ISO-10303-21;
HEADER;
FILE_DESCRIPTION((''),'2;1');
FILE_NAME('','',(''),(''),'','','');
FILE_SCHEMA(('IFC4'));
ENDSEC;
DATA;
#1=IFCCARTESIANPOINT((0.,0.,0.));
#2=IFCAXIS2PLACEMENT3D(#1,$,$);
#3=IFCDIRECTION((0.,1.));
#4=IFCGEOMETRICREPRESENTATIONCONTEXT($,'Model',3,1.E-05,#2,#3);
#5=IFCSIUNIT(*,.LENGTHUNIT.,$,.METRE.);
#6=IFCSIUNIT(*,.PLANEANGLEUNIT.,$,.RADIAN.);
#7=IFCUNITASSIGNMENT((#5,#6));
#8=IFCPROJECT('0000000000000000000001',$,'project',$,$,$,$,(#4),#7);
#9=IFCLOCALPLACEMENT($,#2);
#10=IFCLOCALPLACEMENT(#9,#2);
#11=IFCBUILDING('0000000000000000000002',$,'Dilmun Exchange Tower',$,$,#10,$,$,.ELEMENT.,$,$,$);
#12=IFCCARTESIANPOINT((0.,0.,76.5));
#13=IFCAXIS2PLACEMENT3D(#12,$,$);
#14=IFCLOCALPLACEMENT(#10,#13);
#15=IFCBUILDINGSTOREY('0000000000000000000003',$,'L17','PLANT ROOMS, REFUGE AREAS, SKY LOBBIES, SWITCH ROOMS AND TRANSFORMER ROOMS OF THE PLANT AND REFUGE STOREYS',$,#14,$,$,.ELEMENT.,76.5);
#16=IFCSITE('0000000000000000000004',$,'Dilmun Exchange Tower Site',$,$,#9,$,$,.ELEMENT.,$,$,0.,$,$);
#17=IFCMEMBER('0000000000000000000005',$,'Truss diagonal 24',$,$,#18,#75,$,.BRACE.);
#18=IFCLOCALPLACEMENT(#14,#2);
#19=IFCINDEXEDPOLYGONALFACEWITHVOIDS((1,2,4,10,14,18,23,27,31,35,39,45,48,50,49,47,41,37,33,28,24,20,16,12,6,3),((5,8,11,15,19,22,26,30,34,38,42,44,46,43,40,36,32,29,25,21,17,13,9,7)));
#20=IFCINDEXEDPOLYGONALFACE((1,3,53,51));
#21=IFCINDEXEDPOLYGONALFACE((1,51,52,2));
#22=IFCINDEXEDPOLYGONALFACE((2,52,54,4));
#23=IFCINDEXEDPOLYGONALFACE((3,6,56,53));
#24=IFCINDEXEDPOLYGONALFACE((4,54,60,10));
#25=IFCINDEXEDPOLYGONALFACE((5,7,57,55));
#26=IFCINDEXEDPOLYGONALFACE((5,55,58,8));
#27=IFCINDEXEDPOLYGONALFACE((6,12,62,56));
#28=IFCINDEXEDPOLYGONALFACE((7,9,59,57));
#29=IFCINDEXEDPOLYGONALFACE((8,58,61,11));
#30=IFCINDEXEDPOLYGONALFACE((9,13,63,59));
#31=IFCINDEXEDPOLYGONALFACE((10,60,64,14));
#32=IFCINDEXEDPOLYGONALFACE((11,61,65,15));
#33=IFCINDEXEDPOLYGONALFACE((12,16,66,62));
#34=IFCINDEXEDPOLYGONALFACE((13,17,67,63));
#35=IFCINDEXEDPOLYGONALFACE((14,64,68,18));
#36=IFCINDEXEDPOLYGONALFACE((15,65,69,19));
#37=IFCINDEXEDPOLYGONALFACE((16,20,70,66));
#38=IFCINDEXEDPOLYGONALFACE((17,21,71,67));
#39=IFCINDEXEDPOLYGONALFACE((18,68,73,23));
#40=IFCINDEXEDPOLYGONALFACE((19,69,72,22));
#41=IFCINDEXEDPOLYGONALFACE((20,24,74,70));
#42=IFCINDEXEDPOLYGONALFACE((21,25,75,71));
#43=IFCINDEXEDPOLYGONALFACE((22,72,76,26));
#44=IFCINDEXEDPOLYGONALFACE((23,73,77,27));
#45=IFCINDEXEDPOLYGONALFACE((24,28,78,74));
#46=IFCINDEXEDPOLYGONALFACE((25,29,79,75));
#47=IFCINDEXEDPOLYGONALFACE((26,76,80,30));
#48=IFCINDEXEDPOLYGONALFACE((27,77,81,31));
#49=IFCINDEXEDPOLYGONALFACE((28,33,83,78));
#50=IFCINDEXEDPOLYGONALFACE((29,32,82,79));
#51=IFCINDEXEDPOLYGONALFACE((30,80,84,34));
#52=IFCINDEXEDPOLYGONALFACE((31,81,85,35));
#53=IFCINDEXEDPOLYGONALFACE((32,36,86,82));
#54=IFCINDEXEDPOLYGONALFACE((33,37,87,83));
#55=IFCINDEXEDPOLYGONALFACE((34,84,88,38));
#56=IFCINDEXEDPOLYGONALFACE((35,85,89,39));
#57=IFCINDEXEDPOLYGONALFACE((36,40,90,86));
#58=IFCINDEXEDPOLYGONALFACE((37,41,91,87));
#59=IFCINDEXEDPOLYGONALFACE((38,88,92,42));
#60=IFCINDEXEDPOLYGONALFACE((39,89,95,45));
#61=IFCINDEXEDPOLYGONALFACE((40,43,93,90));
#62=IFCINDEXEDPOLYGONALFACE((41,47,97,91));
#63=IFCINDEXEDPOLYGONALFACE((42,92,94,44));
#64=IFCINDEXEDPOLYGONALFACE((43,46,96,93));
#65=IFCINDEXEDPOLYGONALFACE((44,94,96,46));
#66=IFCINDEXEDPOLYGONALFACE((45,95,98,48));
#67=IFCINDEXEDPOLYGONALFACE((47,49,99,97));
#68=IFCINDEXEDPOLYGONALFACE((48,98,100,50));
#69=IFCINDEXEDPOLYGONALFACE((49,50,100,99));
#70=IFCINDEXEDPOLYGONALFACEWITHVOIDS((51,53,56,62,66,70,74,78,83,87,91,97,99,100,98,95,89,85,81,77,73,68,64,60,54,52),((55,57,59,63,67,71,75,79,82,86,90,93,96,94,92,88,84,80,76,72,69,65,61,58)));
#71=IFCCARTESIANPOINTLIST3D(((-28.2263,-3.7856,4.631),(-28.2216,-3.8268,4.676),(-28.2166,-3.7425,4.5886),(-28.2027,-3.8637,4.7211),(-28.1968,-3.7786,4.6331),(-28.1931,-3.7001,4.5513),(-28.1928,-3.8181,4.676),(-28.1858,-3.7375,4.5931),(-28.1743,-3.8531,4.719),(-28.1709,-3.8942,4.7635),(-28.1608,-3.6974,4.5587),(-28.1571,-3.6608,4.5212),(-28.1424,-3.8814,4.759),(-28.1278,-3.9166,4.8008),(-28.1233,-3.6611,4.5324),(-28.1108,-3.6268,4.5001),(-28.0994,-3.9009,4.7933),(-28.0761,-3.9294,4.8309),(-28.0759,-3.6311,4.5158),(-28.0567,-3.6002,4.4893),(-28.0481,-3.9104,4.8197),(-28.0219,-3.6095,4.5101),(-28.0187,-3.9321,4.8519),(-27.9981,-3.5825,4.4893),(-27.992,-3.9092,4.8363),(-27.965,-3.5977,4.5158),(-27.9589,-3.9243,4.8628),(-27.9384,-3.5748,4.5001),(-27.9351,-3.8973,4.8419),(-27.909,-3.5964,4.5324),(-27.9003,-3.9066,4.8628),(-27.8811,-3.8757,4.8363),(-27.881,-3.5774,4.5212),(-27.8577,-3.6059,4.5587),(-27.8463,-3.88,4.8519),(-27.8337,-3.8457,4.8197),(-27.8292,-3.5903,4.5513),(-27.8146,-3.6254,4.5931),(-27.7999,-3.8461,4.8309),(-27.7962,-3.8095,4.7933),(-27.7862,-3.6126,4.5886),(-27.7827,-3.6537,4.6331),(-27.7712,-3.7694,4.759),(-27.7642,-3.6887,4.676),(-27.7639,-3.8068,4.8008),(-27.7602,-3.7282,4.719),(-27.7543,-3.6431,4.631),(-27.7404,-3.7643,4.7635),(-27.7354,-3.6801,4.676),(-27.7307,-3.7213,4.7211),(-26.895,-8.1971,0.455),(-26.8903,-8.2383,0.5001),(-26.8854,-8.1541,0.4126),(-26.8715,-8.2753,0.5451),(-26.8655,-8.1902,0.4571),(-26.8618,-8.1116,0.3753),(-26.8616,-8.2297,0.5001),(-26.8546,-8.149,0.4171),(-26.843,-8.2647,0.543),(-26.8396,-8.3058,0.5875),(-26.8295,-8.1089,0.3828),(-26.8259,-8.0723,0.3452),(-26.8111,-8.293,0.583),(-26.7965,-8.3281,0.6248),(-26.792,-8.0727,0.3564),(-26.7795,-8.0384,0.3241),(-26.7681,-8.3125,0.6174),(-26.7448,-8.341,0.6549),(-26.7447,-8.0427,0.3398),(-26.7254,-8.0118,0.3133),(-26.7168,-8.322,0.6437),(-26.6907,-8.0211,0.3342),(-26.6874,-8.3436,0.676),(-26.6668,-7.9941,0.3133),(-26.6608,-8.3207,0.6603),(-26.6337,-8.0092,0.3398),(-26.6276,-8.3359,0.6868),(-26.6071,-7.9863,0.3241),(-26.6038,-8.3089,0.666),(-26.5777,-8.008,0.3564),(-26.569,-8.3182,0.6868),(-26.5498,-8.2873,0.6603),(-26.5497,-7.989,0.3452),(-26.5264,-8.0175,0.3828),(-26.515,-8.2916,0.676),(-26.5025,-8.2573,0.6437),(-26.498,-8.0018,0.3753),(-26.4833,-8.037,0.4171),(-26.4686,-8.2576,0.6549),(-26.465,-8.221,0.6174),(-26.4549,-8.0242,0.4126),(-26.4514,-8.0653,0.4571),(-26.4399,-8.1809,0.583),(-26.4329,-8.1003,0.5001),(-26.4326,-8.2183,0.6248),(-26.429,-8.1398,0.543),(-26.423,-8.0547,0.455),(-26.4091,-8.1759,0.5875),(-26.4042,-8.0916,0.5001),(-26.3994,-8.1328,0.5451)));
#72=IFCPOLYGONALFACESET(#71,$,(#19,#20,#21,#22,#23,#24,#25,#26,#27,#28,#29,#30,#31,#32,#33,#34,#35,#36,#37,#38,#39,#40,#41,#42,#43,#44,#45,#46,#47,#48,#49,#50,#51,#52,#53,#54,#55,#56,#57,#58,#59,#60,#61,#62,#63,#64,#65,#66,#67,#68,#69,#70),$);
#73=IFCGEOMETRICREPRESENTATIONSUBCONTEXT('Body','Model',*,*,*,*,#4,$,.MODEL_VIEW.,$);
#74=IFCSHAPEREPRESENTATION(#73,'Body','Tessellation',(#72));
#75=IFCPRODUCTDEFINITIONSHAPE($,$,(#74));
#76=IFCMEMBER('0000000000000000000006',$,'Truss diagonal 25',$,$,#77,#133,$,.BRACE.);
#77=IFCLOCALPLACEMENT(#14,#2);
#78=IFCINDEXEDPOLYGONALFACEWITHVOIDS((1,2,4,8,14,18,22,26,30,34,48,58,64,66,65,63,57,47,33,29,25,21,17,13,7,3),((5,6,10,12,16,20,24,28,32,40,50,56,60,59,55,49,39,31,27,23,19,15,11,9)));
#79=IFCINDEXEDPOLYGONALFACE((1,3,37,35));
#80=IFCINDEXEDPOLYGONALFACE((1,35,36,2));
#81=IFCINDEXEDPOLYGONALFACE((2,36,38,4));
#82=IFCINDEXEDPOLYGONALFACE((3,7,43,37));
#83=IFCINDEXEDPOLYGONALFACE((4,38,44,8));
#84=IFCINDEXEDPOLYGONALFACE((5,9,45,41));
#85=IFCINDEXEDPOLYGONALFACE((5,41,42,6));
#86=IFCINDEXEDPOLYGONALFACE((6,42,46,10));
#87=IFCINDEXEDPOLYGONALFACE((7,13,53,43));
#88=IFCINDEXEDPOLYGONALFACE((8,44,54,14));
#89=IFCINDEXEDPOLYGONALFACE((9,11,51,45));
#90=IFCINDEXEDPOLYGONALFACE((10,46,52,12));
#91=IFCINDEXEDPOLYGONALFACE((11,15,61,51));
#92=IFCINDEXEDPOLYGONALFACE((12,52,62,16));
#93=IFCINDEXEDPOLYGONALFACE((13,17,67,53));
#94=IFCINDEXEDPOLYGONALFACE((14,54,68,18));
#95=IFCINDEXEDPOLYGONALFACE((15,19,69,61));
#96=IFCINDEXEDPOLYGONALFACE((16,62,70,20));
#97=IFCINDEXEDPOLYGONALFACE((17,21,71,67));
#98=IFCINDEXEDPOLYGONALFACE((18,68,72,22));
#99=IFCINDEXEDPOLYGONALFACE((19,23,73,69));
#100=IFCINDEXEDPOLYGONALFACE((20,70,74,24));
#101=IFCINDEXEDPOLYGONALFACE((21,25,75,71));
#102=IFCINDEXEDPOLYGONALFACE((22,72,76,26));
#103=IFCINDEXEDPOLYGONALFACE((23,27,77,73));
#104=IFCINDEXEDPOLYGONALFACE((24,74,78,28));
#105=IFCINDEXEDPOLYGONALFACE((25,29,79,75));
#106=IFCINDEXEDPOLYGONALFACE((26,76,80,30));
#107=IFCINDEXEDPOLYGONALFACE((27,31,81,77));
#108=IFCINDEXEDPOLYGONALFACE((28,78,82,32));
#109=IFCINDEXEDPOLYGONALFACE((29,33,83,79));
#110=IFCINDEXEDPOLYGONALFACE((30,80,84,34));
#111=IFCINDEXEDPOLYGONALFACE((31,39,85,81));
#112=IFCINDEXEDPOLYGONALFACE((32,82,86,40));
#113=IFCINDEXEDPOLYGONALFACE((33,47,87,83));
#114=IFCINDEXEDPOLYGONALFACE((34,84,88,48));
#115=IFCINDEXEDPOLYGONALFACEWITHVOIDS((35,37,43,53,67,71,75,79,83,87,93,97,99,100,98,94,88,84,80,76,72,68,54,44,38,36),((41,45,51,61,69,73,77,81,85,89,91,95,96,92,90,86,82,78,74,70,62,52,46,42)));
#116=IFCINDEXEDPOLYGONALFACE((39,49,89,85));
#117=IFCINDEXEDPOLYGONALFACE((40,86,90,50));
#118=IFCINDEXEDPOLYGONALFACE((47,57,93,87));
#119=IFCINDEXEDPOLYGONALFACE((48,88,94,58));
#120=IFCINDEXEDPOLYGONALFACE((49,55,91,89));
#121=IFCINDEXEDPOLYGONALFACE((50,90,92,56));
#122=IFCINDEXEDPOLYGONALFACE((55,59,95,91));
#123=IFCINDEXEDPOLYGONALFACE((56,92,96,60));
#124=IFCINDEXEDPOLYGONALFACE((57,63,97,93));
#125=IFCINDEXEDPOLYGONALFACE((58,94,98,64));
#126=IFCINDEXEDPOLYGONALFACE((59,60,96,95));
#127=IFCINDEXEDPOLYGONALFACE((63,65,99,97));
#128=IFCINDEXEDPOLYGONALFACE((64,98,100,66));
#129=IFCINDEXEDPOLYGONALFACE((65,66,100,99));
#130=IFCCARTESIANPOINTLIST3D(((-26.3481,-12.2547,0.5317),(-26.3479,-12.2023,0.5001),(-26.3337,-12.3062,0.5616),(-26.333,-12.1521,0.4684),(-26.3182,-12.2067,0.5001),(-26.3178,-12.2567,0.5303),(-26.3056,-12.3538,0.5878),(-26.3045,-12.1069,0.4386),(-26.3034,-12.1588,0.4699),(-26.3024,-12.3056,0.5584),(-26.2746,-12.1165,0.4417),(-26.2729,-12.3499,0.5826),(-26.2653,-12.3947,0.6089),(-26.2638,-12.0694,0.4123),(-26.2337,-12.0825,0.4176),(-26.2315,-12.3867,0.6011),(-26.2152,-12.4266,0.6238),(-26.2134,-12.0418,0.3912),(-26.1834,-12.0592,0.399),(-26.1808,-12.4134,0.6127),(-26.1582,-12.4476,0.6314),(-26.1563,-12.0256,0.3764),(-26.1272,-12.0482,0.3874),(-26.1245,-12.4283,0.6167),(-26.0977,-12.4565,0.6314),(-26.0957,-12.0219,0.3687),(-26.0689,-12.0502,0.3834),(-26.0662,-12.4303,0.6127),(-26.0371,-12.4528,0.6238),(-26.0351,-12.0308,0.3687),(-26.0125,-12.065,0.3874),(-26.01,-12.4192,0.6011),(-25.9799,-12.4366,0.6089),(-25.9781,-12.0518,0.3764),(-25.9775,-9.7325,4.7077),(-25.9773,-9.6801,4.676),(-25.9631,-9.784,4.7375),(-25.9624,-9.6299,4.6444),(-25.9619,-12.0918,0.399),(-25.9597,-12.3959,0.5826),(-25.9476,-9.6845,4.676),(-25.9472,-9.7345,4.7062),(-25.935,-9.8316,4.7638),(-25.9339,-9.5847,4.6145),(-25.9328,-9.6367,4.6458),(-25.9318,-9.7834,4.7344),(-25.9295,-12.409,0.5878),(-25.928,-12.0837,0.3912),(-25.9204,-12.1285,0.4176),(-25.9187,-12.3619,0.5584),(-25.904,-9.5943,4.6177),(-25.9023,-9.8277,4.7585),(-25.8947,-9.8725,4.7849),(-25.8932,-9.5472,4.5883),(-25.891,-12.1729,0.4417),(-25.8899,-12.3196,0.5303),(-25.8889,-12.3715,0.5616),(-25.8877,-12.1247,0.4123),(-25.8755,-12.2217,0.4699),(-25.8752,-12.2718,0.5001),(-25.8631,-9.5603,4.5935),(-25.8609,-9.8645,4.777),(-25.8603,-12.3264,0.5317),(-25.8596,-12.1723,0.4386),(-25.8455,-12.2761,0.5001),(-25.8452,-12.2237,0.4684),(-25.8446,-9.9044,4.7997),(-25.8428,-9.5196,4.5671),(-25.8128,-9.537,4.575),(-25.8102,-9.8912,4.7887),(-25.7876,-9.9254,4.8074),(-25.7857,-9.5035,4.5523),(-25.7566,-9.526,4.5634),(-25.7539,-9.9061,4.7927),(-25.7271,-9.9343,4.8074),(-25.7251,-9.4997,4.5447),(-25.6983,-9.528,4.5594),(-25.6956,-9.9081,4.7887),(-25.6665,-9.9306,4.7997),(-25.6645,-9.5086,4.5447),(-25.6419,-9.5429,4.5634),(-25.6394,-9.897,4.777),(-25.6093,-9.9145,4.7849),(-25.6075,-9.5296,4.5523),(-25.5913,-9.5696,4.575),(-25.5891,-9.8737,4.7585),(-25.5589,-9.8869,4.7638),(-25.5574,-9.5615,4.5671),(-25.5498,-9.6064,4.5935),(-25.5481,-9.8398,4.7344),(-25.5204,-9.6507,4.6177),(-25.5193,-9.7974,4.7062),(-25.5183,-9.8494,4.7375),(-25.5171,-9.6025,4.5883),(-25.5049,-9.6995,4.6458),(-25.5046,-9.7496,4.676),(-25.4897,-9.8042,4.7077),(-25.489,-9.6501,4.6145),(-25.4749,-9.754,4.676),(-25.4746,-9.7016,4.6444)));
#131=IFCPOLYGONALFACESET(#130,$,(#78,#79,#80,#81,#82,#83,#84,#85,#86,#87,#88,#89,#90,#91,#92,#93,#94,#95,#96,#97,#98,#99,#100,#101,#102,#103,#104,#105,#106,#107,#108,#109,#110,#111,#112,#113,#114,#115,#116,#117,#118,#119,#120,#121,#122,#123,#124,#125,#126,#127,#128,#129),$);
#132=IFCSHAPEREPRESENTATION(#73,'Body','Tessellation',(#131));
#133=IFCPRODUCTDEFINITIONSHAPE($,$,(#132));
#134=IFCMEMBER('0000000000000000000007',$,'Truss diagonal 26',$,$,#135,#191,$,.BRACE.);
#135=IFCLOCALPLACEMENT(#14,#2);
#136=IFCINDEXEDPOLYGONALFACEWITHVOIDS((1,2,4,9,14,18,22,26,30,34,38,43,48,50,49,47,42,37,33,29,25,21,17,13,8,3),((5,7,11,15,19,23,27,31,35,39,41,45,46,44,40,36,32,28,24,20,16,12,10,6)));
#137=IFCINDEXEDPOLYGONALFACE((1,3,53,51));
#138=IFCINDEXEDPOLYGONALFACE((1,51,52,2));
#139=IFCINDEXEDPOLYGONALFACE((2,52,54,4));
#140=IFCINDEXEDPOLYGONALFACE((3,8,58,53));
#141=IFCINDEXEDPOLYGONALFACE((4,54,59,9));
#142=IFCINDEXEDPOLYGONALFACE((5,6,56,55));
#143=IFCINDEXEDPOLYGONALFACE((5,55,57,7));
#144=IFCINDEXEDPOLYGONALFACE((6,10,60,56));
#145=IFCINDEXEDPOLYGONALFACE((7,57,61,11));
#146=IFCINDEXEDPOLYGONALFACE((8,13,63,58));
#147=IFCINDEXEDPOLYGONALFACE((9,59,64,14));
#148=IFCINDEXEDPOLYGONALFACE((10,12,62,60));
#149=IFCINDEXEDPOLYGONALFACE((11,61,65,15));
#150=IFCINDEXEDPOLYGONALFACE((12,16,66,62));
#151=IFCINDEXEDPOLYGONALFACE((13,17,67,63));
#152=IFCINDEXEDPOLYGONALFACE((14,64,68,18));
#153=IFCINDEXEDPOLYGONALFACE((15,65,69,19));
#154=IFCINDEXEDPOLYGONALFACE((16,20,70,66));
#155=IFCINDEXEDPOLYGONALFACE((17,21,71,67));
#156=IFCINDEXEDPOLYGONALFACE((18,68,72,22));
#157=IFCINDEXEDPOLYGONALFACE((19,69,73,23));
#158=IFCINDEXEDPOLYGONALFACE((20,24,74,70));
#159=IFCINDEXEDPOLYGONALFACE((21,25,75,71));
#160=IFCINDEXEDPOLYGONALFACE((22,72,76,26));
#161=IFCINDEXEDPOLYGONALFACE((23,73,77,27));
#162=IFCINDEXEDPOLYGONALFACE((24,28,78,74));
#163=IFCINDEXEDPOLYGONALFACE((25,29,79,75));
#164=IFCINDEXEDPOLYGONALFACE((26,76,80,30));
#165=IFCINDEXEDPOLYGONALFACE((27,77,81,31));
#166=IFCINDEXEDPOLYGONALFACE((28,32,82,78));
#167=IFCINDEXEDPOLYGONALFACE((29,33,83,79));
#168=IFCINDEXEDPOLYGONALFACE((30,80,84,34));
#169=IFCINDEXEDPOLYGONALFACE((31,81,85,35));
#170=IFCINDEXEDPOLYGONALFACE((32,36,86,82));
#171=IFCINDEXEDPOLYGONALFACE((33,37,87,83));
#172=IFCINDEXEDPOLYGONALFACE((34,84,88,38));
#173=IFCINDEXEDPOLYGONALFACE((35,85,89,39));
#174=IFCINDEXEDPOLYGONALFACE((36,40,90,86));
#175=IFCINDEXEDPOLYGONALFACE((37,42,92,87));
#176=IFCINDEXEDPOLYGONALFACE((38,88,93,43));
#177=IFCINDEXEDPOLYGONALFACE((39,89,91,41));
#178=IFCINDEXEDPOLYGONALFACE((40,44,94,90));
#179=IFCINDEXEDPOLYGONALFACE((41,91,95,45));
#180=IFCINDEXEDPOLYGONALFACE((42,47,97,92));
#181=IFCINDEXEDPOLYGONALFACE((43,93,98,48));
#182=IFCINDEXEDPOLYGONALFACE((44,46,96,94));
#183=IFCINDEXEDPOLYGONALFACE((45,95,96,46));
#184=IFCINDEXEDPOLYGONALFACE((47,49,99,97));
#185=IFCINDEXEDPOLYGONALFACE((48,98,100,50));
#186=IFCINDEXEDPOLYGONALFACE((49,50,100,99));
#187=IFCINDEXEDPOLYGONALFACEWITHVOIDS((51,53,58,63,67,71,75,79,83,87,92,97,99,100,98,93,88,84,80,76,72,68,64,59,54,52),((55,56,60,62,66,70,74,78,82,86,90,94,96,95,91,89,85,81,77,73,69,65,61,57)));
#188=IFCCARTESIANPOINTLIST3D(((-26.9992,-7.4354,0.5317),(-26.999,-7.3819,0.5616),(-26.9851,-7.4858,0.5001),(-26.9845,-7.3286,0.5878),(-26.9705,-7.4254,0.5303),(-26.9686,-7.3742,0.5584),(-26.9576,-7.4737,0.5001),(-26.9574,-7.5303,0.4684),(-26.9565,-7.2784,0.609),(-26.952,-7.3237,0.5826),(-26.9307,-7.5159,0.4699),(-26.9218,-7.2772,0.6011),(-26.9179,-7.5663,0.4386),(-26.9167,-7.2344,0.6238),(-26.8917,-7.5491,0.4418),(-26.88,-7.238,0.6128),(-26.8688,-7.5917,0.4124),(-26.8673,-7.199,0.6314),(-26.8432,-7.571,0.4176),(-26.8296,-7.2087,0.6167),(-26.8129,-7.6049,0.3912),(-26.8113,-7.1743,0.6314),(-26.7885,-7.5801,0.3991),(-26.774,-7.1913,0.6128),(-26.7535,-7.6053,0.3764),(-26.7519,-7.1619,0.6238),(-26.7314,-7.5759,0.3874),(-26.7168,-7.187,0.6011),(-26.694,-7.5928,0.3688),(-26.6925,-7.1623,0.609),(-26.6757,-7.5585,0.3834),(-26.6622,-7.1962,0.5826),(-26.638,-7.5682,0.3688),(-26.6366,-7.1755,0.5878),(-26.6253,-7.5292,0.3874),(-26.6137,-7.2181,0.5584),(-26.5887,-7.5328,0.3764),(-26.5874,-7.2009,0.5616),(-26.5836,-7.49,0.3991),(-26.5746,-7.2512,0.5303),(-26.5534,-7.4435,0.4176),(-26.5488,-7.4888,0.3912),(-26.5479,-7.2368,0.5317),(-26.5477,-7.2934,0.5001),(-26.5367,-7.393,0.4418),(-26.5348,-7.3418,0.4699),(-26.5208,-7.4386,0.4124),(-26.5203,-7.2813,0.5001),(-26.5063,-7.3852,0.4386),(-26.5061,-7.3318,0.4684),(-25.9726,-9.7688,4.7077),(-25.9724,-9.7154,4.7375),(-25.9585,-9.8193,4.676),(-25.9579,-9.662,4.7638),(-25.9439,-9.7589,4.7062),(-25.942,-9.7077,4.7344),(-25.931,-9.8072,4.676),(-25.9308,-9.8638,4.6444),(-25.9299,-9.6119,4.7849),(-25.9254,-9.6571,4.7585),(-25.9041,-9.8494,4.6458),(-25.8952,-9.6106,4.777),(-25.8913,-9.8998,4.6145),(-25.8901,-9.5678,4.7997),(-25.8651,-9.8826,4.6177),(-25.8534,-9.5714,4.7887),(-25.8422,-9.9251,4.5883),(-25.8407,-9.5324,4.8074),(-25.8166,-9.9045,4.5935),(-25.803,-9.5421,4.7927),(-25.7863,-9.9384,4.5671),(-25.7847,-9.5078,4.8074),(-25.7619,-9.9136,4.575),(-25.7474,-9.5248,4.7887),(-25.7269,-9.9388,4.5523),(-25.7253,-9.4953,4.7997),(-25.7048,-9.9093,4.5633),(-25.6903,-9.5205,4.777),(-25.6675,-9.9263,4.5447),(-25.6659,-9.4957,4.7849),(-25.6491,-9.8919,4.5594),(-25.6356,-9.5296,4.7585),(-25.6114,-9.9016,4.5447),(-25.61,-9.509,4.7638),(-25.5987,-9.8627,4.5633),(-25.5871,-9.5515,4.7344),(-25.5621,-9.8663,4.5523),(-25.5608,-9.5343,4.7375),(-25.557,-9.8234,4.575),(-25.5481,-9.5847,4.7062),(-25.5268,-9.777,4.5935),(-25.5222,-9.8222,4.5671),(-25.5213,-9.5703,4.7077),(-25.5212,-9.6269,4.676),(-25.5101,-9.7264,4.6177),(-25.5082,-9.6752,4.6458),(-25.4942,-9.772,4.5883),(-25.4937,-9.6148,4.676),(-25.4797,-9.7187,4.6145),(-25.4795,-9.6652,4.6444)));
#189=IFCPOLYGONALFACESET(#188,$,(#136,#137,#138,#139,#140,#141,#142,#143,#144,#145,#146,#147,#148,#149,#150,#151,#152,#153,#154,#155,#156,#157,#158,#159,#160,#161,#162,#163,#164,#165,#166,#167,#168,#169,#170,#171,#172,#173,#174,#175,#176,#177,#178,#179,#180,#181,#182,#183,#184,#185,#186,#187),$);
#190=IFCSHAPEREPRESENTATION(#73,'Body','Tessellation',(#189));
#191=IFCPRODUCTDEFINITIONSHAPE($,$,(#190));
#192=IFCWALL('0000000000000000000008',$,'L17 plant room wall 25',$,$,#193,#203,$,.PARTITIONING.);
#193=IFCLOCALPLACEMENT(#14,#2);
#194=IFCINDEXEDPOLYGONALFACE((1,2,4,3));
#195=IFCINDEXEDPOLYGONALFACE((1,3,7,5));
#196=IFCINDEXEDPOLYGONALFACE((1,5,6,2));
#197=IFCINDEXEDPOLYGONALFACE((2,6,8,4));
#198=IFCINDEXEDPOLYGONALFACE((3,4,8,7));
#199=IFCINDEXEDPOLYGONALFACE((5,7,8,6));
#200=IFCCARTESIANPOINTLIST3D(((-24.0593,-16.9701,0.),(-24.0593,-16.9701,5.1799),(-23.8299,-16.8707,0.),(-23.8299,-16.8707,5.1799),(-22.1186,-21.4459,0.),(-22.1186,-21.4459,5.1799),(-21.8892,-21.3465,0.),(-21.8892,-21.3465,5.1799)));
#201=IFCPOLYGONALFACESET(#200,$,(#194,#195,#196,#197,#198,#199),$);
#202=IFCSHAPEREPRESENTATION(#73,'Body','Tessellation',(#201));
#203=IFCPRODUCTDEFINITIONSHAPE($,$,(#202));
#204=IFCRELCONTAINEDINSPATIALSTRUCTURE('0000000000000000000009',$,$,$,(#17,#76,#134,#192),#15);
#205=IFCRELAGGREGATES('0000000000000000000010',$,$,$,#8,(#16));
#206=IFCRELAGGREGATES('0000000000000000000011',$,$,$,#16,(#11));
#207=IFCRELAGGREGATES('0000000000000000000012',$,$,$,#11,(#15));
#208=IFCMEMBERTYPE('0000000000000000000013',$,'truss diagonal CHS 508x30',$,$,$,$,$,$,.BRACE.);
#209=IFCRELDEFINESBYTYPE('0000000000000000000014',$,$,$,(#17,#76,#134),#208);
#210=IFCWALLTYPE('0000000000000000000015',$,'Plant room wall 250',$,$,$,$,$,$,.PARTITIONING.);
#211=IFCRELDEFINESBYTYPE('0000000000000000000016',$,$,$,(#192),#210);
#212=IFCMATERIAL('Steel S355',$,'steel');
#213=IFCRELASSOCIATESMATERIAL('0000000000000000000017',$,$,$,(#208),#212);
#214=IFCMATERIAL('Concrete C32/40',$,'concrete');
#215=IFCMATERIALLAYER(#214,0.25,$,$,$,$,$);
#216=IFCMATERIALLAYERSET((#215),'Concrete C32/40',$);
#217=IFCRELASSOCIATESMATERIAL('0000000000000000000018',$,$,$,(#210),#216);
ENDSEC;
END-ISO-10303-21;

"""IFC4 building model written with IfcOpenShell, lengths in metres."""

from ifc_helpers import new_model, si_unit, direction, frame, frame_2d, origin, origin_2d, place, context, subcontext, project, spatial, rectangle, hollow_circle, extrude, material, layer, layer_set, material_profile, profile_set, type_object, element, save


model = new_model("IFC4")

# Units and contexts
model_context = context("Model", 3, precision=1e-05, world=origin(), true_north=direction((0.0, 1.0)))
body_context = subcontext(model_context, "Body", "Model", "MODEL_VIEW")
ifc_project = project(units=[si_unit("LENGTHUNIT", "METRE"), si_unit("PLANEANGLEUNIT", "RADIAN")], contexts=[model_context])

# Site, building, storey
site_placement = place(None, origin())
site = spatial("IfcSite", under=ifc_project, at=site_placement, Name="Dilmun Exchange Tower Site", CompositionType="ELEMENT", RefElevation=0.0)
building_placement = place(site_placement, origin())
building = spatial("IfcBuilding", under=site, at=building_placement, Name="Dilmun Exchange Tower", CompositionType="ELEMENT")
storey_placement = place(building_placement, frame((0.0, 0.0, 76.5)))
storey = spatial("IfcBuildingStorey", under=building, at=storey_placement, Name="L17", Description="PLANT ROOMS, REFUGE AREAS, SKY LOBBIES, SWITCH ROOMS AND TRANSFORMER ROOMS OF THE PLANT AND REFUGE STOREYS", CompositionType="ELEMENT", Elevation=76.5)

# Shared definitions
ifc_material_1 = material(Name="Steel S355", Category="steel")

# Members
ifc_material_profile_1 = material_profile(ifc_material_1, hollow_circle(Radius=0.2539, WallThickness=0.03, at=origin_2d()), Name="CHS 508x30")
ifc_profile_set_1 = profile_set([ifc_material_profile_1], Name="Steel S355")
member_type = type_object("IfcMemberType", Name="truss diagonal CHS 508x30", PredefinedType="BRACE", material=ifc_profile_set_1)
member_1_placement = place(storey_placement, frame((-27.9785, -3.7534, 4.676), z_axis=(0.214075, -0.709396, -0.671512), x_axis=(0.957358, 0.288903, 0.0)))
element("IfcMember", 1, at=member_1_placement, inside=storey, type_object=member_type, Name="Truss diagonal 24", PredefinedType="BRACE", context=body_context, shape_type="SweptSolid", body=[
    extrude(hollow_circle(Radius=0.2539, WallThickness=0.03, at=origin_2d()), origin(), (0.0, 0.0, 1.0), 6.2188),
])
for number, where, z_axis, x_axis, name in (
    (2, (-25.7261, -9.717, 4.676), (-0.075747, -0.51551, -0.853529), (0.989377, -0.145375, 0.0), "Truss diagonal 25"),
    (3, (-25.7261, -9.717, 4.676), (-0.209826, 0.476936, -0.853525), (-0.915333, -0.402697, 0.0), "Truss diagonal 26"),
):
    element("IfcMember", number, at=place(storey_placement, frame(where, z_axis=z_axis, x_axis=x_axis)), inside=storey, type_object=member_type, Name=name, PredefinedType="BRACE", context=body_context, shape_type="SweptSolid", body=[
        extrude(hollow_circle(Radius=0.2539, WallThickness=0.03, at=origin_2d()), origin(), (0.0, 0.0, 1.0), 4.8926),
    ])

# Wall
ifc_material_2 = material(Name="Concrete C32/40", Category="concrete")
ifc_layer_1 = layer(ifc_material_2, 0.25)
ifc_layer_set_1 = layer_set([ifc_layer_1], Name="Concrete C32/40")
wall_type = type_object("IfcWallType", Name="Plant room wall 250", PredefinedType="PARTITIONING", material=ifc_layer_set_1)
wall_1_placement = place(storey_placement, frame((-23.9446, -16.9204, 0.0), z_axis=(0.0, 0.0, 1.0), x_axis=(0.397805, -0.91747, 0.0)))
element("IfcWall", 4, at=wall_1_placement, inside=storey, type_object=wall_type, Name="L17 plant room wall 25", PredefinedType="PARTITIONING", context=body_context, shape_type="SweptSolid", body=[
    extrude(rectangle(XDim=4.8784, YDim=0.25, at=frame_2d((2.4392, 0.0))), origin(), (0.0, 0.0, 1.0), 5.1799),
])

save(model, "model.ifc")
